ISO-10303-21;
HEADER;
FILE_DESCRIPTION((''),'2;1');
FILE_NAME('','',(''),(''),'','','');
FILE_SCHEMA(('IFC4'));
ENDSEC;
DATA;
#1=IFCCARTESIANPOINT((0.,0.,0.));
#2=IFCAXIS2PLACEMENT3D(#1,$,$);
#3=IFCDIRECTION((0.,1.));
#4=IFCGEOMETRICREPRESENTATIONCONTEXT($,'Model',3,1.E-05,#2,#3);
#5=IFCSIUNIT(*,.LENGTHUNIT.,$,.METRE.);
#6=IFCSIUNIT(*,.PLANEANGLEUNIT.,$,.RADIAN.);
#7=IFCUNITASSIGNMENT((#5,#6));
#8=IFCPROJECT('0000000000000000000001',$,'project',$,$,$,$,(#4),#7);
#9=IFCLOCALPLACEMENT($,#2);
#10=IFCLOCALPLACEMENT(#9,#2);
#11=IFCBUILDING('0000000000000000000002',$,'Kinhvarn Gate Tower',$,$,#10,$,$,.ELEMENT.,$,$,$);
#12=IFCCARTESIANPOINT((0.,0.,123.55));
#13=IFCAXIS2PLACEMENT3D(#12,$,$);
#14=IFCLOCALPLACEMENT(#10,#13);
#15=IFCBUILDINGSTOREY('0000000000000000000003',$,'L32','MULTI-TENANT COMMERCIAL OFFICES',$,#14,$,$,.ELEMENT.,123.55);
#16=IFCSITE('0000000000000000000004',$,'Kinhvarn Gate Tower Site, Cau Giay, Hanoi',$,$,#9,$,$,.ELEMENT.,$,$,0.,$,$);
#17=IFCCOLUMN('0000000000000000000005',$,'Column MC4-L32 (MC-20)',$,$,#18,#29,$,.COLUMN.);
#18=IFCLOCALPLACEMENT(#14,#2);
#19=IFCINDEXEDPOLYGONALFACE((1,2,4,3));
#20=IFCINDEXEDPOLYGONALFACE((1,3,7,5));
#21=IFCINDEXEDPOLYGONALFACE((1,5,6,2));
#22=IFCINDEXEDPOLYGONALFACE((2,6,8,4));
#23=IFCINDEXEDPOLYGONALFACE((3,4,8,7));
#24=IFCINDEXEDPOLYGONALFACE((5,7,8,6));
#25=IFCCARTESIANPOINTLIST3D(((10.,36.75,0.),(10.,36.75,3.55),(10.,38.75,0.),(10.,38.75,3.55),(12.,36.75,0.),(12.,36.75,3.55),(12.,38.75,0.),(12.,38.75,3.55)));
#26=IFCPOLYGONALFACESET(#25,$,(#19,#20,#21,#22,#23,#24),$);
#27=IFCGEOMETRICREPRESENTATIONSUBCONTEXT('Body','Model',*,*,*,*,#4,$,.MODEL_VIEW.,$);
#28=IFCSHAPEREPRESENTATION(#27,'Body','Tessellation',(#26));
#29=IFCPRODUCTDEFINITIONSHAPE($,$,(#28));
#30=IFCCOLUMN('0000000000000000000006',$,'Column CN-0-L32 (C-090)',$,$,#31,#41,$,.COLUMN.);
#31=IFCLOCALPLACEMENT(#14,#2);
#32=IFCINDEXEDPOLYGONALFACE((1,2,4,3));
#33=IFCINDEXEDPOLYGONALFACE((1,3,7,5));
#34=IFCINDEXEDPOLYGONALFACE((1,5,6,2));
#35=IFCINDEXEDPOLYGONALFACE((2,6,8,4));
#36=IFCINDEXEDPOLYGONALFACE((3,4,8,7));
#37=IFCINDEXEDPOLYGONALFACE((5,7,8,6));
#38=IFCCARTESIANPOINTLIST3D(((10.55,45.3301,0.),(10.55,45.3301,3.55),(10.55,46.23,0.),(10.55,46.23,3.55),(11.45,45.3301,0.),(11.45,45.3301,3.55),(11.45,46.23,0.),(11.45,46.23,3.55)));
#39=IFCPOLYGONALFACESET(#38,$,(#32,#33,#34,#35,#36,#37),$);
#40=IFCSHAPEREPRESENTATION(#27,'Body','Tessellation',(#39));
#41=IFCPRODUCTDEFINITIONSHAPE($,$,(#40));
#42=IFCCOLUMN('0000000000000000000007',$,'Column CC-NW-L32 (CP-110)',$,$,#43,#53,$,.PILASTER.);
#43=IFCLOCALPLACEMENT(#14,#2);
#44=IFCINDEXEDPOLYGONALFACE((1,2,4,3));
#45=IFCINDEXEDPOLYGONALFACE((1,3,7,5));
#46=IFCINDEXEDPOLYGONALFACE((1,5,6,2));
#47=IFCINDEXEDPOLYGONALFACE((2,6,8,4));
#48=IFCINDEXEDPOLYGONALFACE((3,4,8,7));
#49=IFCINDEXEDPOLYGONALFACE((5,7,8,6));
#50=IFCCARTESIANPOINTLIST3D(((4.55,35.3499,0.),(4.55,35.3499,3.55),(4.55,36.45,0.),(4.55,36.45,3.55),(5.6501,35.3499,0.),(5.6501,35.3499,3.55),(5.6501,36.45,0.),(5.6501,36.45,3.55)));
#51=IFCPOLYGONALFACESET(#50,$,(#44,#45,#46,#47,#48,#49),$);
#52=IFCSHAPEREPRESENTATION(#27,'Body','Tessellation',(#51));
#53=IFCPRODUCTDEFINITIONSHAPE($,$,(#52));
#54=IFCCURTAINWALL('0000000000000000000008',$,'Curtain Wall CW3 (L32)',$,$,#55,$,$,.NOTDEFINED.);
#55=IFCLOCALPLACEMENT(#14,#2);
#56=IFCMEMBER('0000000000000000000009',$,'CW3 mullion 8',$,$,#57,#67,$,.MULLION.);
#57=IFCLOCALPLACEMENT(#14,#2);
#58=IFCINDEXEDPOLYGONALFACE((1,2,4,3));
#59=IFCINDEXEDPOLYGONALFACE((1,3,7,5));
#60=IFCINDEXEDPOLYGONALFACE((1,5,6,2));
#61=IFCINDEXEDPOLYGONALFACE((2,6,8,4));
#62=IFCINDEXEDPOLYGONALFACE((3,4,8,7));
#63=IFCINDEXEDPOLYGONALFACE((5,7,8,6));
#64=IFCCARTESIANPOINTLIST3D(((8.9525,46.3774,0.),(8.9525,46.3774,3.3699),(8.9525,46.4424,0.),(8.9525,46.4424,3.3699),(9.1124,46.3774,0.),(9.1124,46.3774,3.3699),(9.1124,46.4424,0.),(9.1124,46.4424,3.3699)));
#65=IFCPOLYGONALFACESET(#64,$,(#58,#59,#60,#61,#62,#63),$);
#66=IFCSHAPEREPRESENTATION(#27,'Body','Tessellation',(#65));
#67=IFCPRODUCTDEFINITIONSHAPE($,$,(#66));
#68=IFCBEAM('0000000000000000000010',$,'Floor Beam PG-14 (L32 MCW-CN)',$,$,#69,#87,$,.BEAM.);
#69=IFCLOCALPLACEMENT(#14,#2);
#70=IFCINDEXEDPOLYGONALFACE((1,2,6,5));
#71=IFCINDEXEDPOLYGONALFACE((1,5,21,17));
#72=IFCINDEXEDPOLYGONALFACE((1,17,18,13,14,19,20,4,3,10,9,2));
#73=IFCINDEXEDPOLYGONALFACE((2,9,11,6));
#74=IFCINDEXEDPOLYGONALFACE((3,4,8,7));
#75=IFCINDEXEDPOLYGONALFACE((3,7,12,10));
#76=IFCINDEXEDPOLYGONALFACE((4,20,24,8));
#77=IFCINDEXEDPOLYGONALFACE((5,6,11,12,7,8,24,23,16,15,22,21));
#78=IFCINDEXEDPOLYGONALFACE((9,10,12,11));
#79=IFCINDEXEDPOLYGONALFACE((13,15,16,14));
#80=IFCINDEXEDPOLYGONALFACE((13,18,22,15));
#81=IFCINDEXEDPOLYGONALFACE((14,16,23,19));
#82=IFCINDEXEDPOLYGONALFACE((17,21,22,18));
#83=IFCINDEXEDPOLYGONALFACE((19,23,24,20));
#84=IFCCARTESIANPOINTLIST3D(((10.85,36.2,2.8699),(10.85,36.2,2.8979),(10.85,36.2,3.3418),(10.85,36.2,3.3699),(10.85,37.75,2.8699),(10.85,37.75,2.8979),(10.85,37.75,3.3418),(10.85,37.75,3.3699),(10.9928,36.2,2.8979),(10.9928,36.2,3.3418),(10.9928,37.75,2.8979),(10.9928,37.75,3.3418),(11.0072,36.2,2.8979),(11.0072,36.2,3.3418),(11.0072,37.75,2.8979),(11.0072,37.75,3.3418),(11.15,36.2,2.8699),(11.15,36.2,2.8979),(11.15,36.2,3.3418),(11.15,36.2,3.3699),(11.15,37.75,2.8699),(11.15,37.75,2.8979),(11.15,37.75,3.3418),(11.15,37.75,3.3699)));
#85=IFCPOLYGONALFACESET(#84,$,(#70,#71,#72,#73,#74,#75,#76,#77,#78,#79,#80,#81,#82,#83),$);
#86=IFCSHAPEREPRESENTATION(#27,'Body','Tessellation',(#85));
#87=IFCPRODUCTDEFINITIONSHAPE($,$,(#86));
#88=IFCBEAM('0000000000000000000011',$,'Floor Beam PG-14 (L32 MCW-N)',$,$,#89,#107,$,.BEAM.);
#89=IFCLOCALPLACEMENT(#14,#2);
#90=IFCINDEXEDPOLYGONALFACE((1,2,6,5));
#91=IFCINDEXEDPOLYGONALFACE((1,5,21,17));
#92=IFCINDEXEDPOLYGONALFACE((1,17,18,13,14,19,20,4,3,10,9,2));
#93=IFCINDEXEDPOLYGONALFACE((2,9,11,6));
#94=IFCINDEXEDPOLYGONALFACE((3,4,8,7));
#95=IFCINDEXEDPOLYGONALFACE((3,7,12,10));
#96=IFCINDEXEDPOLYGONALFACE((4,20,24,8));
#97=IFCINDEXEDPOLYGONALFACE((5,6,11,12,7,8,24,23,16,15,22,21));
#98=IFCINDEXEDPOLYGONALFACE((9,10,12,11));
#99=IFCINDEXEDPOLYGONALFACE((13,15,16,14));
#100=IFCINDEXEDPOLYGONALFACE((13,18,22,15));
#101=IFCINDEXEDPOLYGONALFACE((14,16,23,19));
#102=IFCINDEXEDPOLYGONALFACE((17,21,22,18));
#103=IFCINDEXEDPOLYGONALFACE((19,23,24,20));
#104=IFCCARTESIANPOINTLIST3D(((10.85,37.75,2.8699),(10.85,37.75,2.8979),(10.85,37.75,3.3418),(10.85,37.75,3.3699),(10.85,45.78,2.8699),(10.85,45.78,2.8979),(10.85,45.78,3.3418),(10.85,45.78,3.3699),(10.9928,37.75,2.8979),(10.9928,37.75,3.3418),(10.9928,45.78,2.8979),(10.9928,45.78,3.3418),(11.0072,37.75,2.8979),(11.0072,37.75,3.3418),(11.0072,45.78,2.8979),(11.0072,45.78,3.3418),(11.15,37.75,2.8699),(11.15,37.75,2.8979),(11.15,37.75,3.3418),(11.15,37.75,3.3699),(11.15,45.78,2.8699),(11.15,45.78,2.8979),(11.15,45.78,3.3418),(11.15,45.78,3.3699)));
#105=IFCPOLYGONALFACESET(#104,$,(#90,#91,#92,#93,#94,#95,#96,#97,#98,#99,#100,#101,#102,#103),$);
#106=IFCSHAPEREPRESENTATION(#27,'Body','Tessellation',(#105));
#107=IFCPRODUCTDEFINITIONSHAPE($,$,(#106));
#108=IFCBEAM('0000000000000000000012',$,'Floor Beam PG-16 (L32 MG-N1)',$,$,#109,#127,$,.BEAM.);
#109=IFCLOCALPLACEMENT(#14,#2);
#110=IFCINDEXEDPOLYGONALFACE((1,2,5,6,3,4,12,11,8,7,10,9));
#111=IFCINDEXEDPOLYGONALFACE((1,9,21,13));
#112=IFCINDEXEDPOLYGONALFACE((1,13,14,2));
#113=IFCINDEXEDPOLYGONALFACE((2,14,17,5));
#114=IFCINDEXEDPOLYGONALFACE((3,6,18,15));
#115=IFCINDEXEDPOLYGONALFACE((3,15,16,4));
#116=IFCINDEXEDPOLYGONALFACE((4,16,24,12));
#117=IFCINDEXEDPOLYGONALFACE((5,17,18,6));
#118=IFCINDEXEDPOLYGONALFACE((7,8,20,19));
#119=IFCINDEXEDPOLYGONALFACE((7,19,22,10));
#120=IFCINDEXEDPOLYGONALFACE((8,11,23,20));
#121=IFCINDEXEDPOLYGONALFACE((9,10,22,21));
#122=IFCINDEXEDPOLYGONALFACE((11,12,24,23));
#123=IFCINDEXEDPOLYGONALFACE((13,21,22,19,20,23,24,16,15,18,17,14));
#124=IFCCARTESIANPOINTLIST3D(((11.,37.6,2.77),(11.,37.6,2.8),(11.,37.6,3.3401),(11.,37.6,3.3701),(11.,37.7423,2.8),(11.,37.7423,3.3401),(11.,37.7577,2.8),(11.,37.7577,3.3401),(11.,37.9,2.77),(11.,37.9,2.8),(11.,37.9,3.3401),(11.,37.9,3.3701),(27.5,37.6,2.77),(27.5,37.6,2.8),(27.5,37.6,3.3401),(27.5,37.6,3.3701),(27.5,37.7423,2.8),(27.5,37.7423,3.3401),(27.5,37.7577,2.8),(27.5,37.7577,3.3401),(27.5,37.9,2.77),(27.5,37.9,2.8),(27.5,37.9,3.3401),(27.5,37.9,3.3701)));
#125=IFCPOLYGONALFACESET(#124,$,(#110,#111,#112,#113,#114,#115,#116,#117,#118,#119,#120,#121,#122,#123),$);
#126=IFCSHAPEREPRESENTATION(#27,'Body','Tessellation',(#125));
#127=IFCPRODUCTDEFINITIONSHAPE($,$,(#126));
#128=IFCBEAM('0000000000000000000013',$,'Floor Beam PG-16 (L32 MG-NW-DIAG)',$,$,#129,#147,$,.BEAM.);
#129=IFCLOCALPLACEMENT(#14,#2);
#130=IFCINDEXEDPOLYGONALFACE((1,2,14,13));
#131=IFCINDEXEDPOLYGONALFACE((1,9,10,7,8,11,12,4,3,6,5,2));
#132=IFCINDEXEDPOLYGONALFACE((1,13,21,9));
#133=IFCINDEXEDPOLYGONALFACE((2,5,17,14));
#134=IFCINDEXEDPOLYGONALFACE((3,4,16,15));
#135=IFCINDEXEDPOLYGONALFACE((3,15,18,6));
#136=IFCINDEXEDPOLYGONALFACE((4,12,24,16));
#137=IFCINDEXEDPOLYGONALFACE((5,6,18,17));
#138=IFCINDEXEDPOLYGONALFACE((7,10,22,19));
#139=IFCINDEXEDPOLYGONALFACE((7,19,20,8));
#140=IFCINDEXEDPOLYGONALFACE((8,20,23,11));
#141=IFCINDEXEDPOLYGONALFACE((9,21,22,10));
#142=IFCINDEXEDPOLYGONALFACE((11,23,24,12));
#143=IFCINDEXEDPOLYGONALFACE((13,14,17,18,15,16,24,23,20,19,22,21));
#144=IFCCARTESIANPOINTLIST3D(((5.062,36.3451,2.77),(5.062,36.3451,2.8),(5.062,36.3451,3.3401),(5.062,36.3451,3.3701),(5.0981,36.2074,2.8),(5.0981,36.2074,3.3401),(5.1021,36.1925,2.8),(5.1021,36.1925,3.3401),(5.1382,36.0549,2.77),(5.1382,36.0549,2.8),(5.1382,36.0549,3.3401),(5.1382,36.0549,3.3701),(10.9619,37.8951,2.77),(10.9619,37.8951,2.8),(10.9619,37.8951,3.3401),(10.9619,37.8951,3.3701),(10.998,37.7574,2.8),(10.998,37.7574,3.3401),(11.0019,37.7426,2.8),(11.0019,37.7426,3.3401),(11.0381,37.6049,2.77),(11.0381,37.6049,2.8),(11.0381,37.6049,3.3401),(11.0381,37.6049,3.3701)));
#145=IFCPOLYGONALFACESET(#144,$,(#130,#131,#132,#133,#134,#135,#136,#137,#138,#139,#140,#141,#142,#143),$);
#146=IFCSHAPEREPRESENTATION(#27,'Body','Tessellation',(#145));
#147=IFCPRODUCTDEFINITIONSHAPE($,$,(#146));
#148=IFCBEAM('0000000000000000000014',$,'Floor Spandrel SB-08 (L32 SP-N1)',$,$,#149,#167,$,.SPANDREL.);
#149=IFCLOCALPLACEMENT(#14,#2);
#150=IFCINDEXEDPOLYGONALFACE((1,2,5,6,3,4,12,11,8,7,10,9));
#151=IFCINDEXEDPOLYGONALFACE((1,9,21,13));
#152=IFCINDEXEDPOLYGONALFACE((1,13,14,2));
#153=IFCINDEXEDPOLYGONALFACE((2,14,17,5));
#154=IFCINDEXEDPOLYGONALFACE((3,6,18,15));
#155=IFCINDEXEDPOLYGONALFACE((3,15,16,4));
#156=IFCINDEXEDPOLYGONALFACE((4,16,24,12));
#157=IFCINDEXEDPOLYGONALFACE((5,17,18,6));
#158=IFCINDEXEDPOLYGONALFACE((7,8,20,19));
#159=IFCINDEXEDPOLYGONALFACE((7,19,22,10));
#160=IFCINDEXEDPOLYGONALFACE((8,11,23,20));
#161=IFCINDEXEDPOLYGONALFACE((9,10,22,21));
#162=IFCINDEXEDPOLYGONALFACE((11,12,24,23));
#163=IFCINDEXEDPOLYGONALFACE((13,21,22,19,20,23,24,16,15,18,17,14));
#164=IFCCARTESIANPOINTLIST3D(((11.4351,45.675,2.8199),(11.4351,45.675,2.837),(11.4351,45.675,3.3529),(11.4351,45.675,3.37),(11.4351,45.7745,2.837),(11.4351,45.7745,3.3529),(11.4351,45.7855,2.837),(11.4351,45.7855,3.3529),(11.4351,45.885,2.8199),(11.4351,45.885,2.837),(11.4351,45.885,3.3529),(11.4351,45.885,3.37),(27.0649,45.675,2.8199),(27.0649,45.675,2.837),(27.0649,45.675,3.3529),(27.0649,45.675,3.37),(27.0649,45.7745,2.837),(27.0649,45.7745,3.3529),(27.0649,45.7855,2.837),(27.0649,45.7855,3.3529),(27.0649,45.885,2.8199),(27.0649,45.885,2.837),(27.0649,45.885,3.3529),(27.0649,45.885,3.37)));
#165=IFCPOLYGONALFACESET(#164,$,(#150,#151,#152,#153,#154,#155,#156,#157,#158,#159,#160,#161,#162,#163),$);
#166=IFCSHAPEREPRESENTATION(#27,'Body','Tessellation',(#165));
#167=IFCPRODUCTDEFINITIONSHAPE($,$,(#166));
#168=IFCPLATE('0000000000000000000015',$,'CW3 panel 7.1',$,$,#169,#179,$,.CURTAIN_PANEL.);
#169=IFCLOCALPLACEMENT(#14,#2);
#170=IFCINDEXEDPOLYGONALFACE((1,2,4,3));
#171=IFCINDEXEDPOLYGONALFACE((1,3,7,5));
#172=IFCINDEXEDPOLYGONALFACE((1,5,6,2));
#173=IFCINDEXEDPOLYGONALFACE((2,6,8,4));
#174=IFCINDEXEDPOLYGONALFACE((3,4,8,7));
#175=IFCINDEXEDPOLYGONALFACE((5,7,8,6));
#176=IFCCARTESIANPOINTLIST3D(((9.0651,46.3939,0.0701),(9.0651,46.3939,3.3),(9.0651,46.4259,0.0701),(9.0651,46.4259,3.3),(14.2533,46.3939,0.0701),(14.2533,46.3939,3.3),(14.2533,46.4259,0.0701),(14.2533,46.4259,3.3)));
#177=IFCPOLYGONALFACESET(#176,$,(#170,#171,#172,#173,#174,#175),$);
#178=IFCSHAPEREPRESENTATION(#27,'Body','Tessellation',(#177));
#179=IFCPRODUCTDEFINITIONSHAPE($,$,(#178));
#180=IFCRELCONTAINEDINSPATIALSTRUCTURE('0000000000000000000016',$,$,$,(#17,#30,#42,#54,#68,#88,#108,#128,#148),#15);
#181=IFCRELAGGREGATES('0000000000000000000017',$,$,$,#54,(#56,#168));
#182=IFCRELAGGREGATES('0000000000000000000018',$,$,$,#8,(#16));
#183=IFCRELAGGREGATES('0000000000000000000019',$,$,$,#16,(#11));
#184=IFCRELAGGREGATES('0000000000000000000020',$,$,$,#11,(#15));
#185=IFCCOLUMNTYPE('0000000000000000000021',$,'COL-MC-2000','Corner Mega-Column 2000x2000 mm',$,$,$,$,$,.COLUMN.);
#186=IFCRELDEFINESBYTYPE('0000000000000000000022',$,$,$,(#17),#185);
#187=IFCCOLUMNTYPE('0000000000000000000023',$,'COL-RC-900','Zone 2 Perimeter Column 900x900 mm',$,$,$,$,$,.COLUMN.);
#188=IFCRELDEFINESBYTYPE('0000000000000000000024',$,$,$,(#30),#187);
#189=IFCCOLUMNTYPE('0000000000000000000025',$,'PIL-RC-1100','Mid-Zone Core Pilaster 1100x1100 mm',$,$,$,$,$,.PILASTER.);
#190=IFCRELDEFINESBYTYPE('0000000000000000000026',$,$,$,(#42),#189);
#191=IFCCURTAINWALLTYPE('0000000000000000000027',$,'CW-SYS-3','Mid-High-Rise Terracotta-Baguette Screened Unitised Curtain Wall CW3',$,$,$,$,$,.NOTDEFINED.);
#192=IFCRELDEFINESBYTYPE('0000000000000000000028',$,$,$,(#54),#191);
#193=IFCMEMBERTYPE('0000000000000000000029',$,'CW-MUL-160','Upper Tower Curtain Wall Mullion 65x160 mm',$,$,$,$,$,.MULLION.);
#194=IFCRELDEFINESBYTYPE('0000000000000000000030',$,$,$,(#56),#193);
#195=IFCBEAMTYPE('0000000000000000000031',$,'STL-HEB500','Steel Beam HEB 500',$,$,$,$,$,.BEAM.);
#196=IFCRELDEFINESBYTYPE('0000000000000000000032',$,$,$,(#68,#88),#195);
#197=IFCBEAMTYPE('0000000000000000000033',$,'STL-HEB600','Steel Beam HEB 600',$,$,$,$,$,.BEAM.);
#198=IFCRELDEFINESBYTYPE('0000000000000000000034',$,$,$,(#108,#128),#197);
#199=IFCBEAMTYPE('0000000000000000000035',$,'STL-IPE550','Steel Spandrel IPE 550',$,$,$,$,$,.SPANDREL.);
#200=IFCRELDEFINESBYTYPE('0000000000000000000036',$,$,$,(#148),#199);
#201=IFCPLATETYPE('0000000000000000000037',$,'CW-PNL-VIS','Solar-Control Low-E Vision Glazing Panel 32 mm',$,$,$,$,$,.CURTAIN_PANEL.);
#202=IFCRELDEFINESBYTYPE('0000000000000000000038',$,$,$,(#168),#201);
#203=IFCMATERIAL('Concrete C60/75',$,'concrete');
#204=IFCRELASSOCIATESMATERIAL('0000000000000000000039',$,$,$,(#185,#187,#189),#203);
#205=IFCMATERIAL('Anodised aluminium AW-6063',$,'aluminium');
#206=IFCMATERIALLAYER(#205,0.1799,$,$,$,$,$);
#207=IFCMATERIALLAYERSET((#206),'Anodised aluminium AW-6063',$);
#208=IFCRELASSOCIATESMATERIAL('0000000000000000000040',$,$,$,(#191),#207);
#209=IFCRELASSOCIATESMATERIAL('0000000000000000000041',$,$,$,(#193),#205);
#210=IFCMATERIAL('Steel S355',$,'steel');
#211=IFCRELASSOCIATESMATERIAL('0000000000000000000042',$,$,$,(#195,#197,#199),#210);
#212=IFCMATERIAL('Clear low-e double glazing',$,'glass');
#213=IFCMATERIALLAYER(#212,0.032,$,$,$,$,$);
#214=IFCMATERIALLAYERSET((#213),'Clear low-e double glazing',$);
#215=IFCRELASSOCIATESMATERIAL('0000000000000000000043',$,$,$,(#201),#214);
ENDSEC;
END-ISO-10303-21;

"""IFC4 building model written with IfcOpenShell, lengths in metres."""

from ifc_helpers import new_model, si_unit, direction, frame, origin, origin_2d, place, context, subcontext, project, spatial, rectangle, i_section, extrude, material, layer, layer_set, material_profile, profile_set, type_object, element, aggregate, save


model = new_model("IFC4")

# Units and contexts
model_context = context("Model", 3, precision=1e-05, world=origin(), true_north=direction((0.0, 1.0)))
body_context = subcontext(model_context, "Body", "Model", "MODEL_VIEW")
ifc_project = project(units=[si_unit("LENGTHUNIT", "METRE"), si_unit("PLANEANGLEUNIT", "RADIAN")], contexts=[model_context])

# Site, building, storey
site_placement = place(None, origin())
site = spatial("IfcSite", under=ifc_project, at=site_placement, Name="Kinhvarn Gate Tower Site, Cau Giay, Hanoi", CompositionType="ELEMENT", RefElevation=0.0)
building_placement = place(site_placement, origin())
building = spatial("IfcBuilding", under=site, at=building_placement, Name="Kinhvarn Gate Tower", CompositionType="ELEMENT")
storey_placement = place(building_placement, frame((0.0, 0.0, 123.55)))
storey = spatial("IfcBuildingStorey", under=building, at=storey_placement, Name="L32", Description="MULTI-TENANT COMMERCIAL OFFICES", CompositionType="ELEMENT", Elevation=123.55)

# Columns
ifc_material_1 = material(Name="Concrete C60/75", Category="concrete")
ifc_material_profile_1 = material_profile(ifc_material_1, rectangle(XDim=2.0, YDim=2.0, at=origin_2d()), Name="RC 2000x2000")
ifc_profile_set_1 = profile_set([ifc_material_profile_1], Name="Concrete C60/75")
column_type_1 = type_object("IfcColumnType", Name="COL-MC-2000", Description="Corner Mega-Column 2000x2000 mm", PredefinedType="COLUMN", material=ifc_profile_set_1)
column_1_placement = place(storey_placement, frame((11.0, 37.75, 0.0), z_axis=(0.0, 0.0, 1.0), x_axis=(1.0, 0.0, 0.0)))
element("IfcColumn", 1, at=column_1_placement, inside=storey, type_object=column_type_1, Name="Column MC4-L32 (MC-20)", PredefinedType="COLUMN", context=body_context, shape_type="SweptSolid", body=[
    extrude(rectangle(XDim=2.0, YDim=2.0, at=origin_2d()), origin(), (0.0, 0.0, 1.0), 3.55),
])
ifc_material_profile_2 = material_profile(ifc_material_1, rectangle(XDim=0.8999, YDim=0.8999, at=origin_2d()), Name="RC 900x900")
ifc_profile_set_2 = profile_set([ifc_material_profile_2], Name="Concrete C60/75")
column_type_2 = type_object("IfcColumnType", Name="COL-RC-900", Description="Zone 2 Perimeter Column 900x900 mm", PredefinedType="COLUMN", material=ifc_profile_set_2)
column_2_placement = place(storey_placement, frame((11.0, 45.78, 0.0), z_axis=(0.0, 0.0, 1.0), x_axis=(1.0, 0.0, 0.0)))
element("IfcColumn", 2, at=column_2_placement, inside=storey, type_object=column_type_2, Name="Column CN-0-L32 (C-090)", PredefinedType="COLUMN", context=body_context, shape_type="SweptSolid", body=[
    extrude(rectangle(XDim=0.8999, YDim=0.8999, at=origin_2d()), origin(), (0.0, 0.0, 1.0), 3.55),
])
ifc_material_profile_3 = material_profile(ifc_material_1, rectangle(XDim=1.1001, YDim=1.1001, at=origin_2d()), Name="RC 1100x1100")
ifc_profile_set_3 = profile_set([ifc_material_profile_3], Name="Concrete C60/75")
column_type_3 = type_object("IfcColumnType", Name="PIL-RC-1100", Description="Mid-Zone Core Pilaster 1100x1100 mm", PredefinedType="PILASTER", material=ifc_profile_set_3)
column_3_placement = place(storey_placement, frame((5.1001, 35.8999, 0.0), z_axis=(0.0, 0.0, 1.0), x_axis=(1.0, 0.0, 0.0)))
element("IfcColumn", 3, at=column_3_placement, inside=storey, type_object=column_type_3, Name="Column CC-NW-L32 (CP-110)", PredefinedType="PILASTER", context=body_context, shape_type="SweptSolid", body=[
    extrude(rectangle(XDim=1.1001, YDim=1.1001, at=origin_2d()), origin(), (0.0, 0.0, 1.0), 3.55),
])

# Curtain wall, member
ifc_material_2 = material(Name="Anodised aluminium AW-6063", Category="aluminium")
ifc_layer_1 = layer(ifc_material_2, 0.1799)
ifc_layer_set_1 = layer_set([ifc_layer_1], Name="Anodised aluminium AW-6063")
curtain_wall_type = type_object("IfcCurtainWallType", Name="CW-SYS-3", Description="Mid-High-Rise Terracotta-Baguette Screened Unitised Curtain Wall CW3", PredefinedType="NOTDEFINED", material=ifc_layer_set_1)
curtain_wall_placement = place(storey_placement, origin())
curtain_wall = element("IfcCurtainWall", 4, at=curtain_wall_placement, inside=storey, type_object=curtain_wall_type, Name="Curtain Wall CW3 (L32)", PredefinedType="NOTDEFINED")
ifc_material_profile_4 = material_profile(ifc_material_2, rectangle(XDim=0.0649, YDim=0.1599, at=origin_2d()), Name="ALU 65x160")
ifc_profile_set_4 = profile_set([ifc_material_profile_4], Name="Anodised aluminium AW-6063")
member_type = type_object("IfcMemberType", Name="CW-MUL-160", Description="Upper Tower Curtain Wall Mullion 65x160 mm", PredefinedType="MULLION", material=ifc_profile_set_4)
member_placement = place(storey_placement, frame((9.0325, 46.4099, 0.0), z_axis=(0.0, 0.0, 1.0), x_axis=(0.0, -1.0, 0.0)))
member = element("IfcMember", 5, at=member_placement, type_object=member_type, Name="CW3 mullion 8", PredefinedType="MULLION", context=body_context, shape_type="SweptSolid", body=[
    extrude(rectangle(XDim=0.0649, YDim=0.1599, at=origin_2d()), origin(), (0.0, 0.0, 1.0), 3.3699),
])

# Beams
ifc_material_3 = material(Name="Steel S355", Category="steel")
ifc_material_profile_5 = material_profile(ifc_material_3, i_section(OverallWidth=0.3, OverallDepth=0.5, WebThickness=0.0144, FlangeThickness=0.0281, at=origin_2d()), Name="HEB 500")
ifc_profile_set_5 = profile_set([ifc_material_profile_5], Name="Steel S355")
beam_type_1 = type_object("IfcBeamType", Name="STL-HEB500", Description="Steel Beam HEB 500", PredefinedType="BEAM", material=ifc_profile_set_5)
beam_1_placement = place(storey_placement, frame((11.0, 36.2, 3.1199), z_axis=(0.0, 1.0, 0.0), x_axis=(-1.0, 0.0, 0.0)))
element("IfcBeam", 6, at=beam_1_placement, inside=storey, type_object=beam_type_1, Name="Floor Beam PG-14 (L32 MCW-CN)", PredefinedType="BEAM", context=body_context, shape_type="SweptSolid", body=[
    extrude(i_section(OverallWidth=0.3, OverallDepth=0.5, WebThickness=0.0144, FlangeThickness=0.0281, at=origin_2d()), origin(), (0.0, 0.0, 1.0), 1.55),
])
beam_2_placement = place(storey_placement, frame((11.0, 37.75, 3.1199), z_axis=(0.0, 1.0, 0.0), x_axis=(-1.0, 0.0, 0.0)))
element("IfcBeam", 7, at=beam_2_placement, inside=storey, type_object=beam_type_1, Name="Floor Beam PG-14 (L32 MCW-N)", PredefinedType="BEAM", context=body_context, shape_type="SweptSolid", body=[
    extrude(i_section(OverallWidth=0.3, OverallDepth=0.5, WebThickness=0.0144, FlangeThickness=0.0281, at=origin_2d()), origin(), (0.0, 0.0, 1.0), 8.03),
])
ifc_material_profile_6 = material_profile(ifc_material_3, i_section(OverallWidth=0.3, OverallDepth=0.6001, WebThickness=0.0154, FlangeThickness=0.03, at=origin_2d()), Name="HEB 600")
ifc_profile_set_6 = profile_set([ifc_material_profile_6], Name="Steel S355")
beam_type_2 = type_object("IfcBeamType", Name="STL-HEB600", Description="Steel Beam HEB 600", PredefinedType="BEAM", material=ifc_profile_set_6)
beam_3_placement = place(storey_placement, frame((11.0, 37.75, 3.0701), z_axis=(1.0, 0.0, 0.0), x_axis=(0.0, 1.0, 0.0)))
element("IfcBeam", 8, at=beam_3_placement, inside=storey, type_object=beam_type_2, Name="Floor Beam PG-16 (L32 MG-N1)", PredefinedType="BEAM", context=body_context, shape_type="SweptSolid", body=[
    extrude(i_section(OverallWidth=0.3, OverallDepth=0.6001, WebThickness=0.0154, FlangeThickness=0.03, at=origin_2d()), origin(), (0.0, 0.0, 1.0), 16.5),
])
beam_4_placement = place(storey_placement, frame((5.1001, 36.2, 3.0701), z_axis=(0.967178, 0.254101, 0.0), x_axis=(-0.254101, 0.967178, 0.0)))
element("IfcBeam", 9, at=beam_4_placement, inside=storey, type_object=beam_type_2, Name="Floor Beam PG-16 (L32 MG-NW-DIAG)", PredefinedType="BEAM", context=body_context, shape_type="SweptSolid", body=[
    extrude(i_section(OverallWidth=0.3, OverallDepth=0.6001, WebThickness=0.0154, FlangeThickness=0.03, at=origin_2d()), origin(), (0.0, 0.0, 1.0), 6.1001),
])
ifc_material_profile_7 = material_profile(ifc_material_3, i_section(OverallWidth=0.21, OverallDepth=0.55, WebThickness=0.011, FlangeThickness=0.0171, at=origin_2d()), Name="IPE 550")
ifc_profile_set_7 = profile_set([ifc_material_profile_7], Name="Steel S355")
beam_type_3 = type_object("IfcBeamType", Name="STL-IPE550", Description="Steel Spandrel IPE 550", PredefinedType="SPANDREL", material=ifc_profile_set_7)
beam_5_placement = place(storey_placement, frame((11.4351, 45.78, 3.095), z_axis=(1.0, 0.0, 0.0), x_axis=(0.0, 1.0, 0.0)))
element("IfcBeam", 10, at=beam_5_placement, inside=storey, type_object=beam_type_3, Name="Floor Spandrel SB-08 (L32 SP-N1)", PredefinedType="SPANDREL", context=body_context, shape_type="SweptSolid", body=[
    extrude(i_section(OverallWidth=0.21, OverallDepth=0.55, WebThickness=0.011, FlangeThickness=0.0171, at=origin_2d()), origin(), (0.0, 0.0, 1.0), 15.6299),
])

# Plate
ifc_material_4 = material(Name="Clear low-e double glazing", Category="glass")
ifc_layer_2 = layer(ifc_material_4, 0.032)
ifc_layer_set_2 = layer_set([ifc_layer_2], Name="Clear low-e double glazing")
plate_type = type_object("IfcPlateType", Name="CW-PNL-VIS", Description="Solar-Control Low-E Vision Glazing Panel 32 mm", PredefinedType="CURTAIN_PANEL", material=ifc_layer_set_2)
plate_placement = place(storey_placement, frame((11.6592, 46.4099, 0.0701), z_axis=(0.0, 0.0, 1.0), x_axis=(-1.0, 0.0, 0.0)))
plate = element("IfcPlate", 11, at=plate_placement, type_object=plate_type, Name="CW3 panel 7.1", PredefinedType="CURTAIN_PANEL", context=body_context, shape_type="SweptSolid", body=[
    extrude(rectangle(XDim=5.1882, YDim=0.032, at=origin_2d()), origin(), (0.0, 0.0, 1.0), 3.23),
])
aggregate(curtain_wall, [member, plate])

save(model, "model.ifc")
